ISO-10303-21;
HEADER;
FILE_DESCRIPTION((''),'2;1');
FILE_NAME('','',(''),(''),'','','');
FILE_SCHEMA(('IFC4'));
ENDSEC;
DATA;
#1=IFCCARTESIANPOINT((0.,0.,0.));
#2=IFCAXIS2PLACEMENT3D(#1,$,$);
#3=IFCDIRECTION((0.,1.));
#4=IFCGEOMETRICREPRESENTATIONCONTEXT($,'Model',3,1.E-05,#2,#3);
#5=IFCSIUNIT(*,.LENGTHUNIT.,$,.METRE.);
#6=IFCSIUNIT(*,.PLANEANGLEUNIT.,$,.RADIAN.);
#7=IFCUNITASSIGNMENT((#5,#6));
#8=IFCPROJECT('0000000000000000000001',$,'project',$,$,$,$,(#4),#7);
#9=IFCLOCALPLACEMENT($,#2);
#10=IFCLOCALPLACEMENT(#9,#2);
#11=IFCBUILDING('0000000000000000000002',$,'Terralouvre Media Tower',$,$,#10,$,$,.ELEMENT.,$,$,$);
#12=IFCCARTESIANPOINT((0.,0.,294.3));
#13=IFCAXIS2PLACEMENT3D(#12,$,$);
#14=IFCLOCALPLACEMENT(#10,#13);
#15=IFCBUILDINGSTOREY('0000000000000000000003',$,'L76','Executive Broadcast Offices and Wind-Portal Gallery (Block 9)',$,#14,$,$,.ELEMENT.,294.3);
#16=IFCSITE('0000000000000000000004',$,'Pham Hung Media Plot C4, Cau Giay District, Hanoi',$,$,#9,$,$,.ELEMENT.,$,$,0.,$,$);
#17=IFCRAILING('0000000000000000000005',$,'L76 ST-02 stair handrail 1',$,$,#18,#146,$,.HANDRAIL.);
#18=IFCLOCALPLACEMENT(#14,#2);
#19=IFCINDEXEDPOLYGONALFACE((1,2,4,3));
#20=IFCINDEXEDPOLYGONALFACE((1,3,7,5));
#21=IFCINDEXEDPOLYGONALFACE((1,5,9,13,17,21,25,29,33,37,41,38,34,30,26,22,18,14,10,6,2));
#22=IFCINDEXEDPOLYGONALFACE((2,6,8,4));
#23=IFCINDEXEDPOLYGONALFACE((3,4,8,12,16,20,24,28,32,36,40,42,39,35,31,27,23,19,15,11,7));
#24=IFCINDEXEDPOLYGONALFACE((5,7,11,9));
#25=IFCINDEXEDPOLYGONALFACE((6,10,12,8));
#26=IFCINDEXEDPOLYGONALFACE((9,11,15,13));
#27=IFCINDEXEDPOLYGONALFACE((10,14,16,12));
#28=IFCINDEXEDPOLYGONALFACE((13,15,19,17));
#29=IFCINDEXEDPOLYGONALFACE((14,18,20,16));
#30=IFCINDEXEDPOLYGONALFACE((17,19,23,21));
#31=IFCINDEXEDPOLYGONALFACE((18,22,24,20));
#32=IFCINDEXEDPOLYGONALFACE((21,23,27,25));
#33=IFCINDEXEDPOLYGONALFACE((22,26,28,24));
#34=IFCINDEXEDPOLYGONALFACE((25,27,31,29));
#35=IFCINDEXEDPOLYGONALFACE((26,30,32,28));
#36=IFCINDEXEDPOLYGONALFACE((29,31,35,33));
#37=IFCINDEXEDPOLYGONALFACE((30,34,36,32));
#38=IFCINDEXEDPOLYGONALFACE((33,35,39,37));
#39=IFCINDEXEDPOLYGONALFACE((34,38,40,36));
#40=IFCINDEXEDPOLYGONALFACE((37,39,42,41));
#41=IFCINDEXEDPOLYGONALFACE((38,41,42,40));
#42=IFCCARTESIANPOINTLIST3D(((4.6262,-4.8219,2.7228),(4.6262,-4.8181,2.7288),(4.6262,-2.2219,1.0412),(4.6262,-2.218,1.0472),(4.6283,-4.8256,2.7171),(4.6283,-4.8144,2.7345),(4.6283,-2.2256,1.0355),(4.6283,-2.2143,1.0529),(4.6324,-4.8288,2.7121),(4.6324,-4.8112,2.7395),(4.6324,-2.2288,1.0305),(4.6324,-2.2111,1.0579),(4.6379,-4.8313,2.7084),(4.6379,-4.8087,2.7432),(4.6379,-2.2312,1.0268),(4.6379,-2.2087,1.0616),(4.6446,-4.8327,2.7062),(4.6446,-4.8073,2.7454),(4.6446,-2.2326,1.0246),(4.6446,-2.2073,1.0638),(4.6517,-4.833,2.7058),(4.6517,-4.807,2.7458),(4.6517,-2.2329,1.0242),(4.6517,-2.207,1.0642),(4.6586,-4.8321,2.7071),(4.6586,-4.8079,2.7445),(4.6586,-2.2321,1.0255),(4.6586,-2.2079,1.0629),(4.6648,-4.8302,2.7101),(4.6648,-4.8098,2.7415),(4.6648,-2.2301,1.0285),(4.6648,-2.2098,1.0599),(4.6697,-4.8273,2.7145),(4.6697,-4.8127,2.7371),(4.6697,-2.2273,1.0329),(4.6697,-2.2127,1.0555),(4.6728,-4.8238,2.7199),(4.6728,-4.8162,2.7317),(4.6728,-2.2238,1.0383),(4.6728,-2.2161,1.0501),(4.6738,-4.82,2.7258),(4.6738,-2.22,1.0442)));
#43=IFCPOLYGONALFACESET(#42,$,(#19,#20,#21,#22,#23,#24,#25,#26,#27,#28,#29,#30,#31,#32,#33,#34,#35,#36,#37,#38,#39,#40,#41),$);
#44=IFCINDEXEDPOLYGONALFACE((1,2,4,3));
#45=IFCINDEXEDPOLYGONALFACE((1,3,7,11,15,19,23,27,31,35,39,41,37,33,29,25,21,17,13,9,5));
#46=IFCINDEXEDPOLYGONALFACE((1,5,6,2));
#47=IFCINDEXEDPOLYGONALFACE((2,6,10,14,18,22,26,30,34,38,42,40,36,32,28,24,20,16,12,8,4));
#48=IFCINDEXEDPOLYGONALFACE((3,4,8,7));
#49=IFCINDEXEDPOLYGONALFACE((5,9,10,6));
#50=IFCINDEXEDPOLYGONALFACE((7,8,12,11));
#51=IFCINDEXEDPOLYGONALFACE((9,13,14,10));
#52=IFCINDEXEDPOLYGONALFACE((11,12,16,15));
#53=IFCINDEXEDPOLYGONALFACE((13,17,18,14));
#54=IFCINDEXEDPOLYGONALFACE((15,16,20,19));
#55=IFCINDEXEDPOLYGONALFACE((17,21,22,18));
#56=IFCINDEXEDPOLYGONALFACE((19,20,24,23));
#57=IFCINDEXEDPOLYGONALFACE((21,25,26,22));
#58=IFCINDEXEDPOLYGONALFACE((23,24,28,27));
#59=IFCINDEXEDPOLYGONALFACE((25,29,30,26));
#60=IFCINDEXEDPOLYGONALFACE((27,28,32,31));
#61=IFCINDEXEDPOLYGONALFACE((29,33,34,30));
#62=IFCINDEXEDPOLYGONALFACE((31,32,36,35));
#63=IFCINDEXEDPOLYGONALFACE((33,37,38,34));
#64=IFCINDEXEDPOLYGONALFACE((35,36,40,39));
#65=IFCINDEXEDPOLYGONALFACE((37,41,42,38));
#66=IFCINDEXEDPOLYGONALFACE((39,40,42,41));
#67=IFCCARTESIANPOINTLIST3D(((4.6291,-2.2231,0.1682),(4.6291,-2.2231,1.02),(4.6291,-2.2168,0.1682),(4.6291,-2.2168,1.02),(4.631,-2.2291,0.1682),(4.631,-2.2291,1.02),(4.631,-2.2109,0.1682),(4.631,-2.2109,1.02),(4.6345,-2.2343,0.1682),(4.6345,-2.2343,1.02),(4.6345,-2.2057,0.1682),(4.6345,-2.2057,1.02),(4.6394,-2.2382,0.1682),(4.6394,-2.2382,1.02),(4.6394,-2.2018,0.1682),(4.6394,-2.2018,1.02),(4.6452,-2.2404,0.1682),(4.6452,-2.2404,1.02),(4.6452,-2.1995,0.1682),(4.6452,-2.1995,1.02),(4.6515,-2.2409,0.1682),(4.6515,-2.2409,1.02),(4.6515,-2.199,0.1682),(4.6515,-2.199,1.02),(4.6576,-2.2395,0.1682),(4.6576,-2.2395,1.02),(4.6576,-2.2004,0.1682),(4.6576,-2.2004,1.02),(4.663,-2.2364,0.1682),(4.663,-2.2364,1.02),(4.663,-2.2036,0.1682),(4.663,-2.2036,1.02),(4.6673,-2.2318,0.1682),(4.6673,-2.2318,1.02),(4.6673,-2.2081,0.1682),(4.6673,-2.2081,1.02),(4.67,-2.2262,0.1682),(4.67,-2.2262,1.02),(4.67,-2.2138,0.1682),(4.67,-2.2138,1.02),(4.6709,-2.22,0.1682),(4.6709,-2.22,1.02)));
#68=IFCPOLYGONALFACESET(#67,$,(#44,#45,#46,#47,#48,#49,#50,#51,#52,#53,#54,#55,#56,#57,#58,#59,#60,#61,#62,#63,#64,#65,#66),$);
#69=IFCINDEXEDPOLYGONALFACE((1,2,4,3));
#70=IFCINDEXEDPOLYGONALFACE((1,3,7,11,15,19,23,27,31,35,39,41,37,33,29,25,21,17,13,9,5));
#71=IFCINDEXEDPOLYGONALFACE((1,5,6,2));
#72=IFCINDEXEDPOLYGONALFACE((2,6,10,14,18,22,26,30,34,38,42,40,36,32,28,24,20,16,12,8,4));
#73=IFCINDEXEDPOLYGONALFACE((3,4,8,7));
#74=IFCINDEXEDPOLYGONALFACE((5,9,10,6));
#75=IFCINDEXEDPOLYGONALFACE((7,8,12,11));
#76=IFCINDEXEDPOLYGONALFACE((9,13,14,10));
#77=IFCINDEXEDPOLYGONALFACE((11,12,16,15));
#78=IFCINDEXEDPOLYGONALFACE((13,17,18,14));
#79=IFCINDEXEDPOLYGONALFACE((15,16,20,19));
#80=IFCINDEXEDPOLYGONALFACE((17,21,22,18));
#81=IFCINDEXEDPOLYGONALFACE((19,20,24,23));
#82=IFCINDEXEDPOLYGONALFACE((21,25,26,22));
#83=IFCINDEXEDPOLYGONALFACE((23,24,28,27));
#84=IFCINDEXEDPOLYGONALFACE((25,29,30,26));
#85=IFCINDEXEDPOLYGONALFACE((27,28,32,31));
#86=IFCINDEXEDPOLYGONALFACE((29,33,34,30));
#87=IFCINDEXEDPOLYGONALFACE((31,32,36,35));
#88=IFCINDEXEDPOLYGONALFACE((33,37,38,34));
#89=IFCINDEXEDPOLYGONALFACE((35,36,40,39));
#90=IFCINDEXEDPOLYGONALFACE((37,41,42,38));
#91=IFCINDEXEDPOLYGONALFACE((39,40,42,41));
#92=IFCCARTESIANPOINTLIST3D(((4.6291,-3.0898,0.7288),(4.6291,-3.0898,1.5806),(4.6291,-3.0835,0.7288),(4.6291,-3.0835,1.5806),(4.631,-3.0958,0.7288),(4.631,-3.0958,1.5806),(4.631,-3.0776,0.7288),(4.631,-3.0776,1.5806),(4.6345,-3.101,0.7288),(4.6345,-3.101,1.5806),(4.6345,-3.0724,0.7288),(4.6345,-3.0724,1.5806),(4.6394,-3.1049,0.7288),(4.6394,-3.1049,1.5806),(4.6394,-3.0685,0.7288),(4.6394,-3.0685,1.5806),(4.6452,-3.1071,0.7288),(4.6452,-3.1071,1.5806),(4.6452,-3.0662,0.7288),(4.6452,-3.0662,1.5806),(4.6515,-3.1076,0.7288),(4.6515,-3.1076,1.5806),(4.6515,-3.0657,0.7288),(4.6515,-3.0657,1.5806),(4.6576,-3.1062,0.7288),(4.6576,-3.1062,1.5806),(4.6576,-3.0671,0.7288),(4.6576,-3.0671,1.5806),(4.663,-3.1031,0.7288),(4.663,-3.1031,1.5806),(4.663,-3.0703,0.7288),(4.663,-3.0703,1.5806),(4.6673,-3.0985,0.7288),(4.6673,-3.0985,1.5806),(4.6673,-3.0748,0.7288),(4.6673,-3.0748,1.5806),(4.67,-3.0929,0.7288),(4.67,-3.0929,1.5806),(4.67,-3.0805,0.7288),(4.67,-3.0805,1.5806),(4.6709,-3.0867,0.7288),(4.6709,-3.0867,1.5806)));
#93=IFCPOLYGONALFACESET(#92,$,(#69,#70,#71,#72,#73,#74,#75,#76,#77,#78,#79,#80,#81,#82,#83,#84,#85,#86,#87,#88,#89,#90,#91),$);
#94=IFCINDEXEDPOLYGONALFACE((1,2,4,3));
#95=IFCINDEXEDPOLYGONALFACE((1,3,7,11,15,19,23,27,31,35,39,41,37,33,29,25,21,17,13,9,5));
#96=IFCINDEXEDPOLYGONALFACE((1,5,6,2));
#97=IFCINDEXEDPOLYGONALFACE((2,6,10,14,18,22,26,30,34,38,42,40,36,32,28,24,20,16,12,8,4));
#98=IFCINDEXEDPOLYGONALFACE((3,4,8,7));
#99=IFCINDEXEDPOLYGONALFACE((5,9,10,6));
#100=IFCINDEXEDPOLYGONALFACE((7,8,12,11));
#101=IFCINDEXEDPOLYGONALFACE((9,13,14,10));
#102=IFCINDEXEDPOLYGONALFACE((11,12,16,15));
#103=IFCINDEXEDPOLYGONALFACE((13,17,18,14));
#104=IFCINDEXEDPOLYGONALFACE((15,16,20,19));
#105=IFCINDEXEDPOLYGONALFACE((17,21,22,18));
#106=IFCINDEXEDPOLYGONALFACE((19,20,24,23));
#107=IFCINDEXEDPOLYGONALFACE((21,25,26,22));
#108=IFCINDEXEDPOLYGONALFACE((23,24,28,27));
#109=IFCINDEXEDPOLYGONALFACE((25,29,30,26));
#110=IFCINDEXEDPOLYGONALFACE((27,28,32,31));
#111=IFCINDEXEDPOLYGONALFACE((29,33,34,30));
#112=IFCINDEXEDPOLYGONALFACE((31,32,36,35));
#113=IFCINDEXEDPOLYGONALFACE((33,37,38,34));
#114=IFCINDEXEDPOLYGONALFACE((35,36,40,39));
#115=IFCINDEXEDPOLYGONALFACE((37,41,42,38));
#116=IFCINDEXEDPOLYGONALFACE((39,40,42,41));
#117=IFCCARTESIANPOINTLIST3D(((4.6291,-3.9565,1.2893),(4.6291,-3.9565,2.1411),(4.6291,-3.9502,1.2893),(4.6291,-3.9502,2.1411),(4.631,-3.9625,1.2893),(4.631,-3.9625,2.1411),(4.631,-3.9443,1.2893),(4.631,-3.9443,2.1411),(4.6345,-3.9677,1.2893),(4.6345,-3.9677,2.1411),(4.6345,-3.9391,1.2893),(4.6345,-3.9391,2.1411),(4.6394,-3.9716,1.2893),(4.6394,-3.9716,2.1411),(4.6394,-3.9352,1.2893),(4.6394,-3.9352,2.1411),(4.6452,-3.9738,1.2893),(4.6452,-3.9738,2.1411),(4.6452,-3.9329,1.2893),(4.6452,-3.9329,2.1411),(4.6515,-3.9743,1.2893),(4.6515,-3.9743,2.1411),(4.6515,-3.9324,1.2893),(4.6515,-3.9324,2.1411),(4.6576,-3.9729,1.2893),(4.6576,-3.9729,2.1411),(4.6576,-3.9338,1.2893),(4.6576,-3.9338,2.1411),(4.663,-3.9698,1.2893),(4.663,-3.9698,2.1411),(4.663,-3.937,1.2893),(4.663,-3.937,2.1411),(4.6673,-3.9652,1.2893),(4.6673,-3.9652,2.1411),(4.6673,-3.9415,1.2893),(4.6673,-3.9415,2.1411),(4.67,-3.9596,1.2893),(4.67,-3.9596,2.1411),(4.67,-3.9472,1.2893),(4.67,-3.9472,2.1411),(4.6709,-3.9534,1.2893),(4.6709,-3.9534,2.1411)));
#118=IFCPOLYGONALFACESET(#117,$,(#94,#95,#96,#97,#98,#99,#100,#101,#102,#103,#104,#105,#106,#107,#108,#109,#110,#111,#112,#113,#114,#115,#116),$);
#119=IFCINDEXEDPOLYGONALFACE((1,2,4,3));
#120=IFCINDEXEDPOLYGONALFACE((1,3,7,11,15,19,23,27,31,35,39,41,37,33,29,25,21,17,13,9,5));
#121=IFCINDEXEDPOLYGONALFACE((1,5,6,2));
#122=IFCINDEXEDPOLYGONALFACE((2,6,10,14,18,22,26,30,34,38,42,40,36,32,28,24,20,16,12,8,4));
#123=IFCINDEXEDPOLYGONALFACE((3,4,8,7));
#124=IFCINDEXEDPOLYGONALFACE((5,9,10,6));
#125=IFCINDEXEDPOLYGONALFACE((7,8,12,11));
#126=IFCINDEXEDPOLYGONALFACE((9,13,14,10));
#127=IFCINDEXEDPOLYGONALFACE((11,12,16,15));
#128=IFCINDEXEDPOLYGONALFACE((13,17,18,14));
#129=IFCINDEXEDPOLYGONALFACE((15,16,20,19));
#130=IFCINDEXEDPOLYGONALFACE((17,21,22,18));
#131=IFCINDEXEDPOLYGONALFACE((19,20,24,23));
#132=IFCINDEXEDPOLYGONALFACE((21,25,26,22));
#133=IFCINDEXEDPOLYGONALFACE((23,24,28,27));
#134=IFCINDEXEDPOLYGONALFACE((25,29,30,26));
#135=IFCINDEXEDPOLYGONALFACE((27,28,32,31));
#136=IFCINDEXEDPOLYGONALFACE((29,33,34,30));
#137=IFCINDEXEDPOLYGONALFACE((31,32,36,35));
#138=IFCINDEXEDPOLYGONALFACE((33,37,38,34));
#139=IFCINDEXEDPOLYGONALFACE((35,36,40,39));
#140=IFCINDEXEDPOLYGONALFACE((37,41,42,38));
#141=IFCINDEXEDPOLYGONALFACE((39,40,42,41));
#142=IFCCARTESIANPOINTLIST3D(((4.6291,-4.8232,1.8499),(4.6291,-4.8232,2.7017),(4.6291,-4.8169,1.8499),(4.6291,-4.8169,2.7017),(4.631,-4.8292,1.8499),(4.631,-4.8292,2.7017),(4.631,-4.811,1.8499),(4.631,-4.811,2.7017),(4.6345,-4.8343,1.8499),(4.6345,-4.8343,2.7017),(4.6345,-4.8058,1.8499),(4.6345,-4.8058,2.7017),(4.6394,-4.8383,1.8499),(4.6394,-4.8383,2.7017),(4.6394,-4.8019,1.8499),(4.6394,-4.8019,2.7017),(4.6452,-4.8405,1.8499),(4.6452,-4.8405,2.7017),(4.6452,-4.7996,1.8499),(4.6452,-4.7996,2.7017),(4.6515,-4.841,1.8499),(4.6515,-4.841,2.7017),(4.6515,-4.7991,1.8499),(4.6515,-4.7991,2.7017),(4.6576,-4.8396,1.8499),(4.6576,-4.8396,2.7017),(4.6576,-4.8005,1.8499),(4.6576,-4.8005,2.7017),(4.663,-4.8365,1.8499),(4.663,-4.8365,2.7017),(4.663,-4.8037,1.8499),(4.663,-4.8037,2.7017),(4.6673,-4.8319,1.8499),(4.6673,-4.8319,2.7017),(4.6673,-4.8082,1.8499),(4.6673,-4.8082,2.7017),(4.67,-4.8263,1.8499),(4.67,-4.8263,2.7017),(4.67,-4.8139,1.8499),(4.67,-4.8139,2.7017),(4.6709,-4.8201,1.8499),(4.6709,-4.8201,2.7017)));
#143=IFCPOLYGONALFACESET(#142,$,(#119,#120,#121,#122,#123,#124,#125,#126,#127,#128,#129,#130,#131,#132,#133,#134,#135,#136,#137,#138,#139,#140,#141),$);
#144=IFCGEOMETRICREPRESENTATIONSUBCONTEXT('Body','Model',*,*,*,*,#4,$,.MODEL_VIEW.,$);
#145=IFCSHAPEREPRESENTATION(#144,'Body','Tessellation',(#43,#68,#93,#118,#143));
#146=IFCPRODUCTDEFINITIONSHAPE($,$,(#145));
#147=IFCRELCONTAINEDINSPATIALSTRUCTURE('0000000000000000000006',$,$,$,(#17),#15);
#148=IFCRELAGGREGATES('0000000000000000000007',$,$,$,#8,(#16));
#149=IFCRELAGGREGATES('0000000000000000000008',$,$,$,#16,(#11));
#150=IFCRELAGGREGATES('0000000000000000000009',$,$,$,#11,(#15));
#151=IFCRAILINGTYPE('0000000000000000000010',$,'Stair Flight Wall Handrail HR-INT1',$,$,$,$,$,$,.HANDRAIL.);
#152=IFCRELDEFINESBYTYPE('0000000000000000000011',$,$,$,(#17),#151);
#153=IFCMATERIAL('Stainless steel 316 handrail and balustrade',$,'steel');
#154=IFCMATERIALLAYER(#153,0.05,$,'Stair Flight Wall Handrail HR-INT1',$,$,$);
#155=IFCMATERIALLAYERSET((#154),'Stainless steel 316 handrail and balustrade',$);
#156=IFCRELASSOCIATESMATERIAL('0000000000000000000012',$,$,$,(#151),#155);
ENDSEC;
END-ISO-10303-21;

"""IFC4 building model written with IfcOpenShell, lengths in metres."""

from ifc_helpers import new_model, si_unit, direction, frame, origin, origin_2d, place, context, subcontext, project, spatial, circle, extrude, material, layer, layer_set, type_object, element, save


model = new_model("IFC4")

# Units and contexts
model_context = context("Model", 3, precision=1e-05, world=origin(), true_north=direction((0.0, 1.0)))
body_context = subcontext(model_context, "Body", "Model", "MODEL_VIEW")
ifc_project = project(units=[si_unit("LENGTHUNIT", "METRE"), si_unit("PLANEANGLEUNIT", "RADIAN")], contexts=[model_context])

# Site, building, storey
site_placement = place(None, origin())
site = spatial("IfcSite", under=ifc_project, at=site_placement, Name="Pham Hung Media Plot C4, Cau Giay District, Hanoi", CompositionType="ELEMENT", RefElevation=0.0)
building_placement = place(site_placement, origin())
building = spatial("IfcBuilding", under=site, at=building_placement, Name="Terralouvre Media Tower", CompositionType="ELEMENT")
storey_placement = place(building_placement, frame((0.0, 0.0, 294.3)))
storey = spatial("IfcBuildingStorey", under=building, at=storey_placement, Name="L76", Description="Executive Broadcast Offices and Wind-Portal Gallery (Block 9)", CompositionType="ELEMENT", Elevation=294.3)

# Railing
ifc_material_1 = material(Name="Stainless steel 316 handrail and balustrade", Category="steel")
ifc_layer_1 = layer(ifc_material_1, 0.05, Name="Stair Flight Wall Handrail HR-INT1")
ifc_layer_set_1 = layer_set([ifc_layer_1], Name="Stainless steel 316 handrail and balustrade")
railing_type_1 = type_object("IfcRailingType", Name="Stair Flight Wall Handrail HR-INT1", PredefinedType="HANDRAIL", material=ifc_layer_set_1)
railing_1_placement = place(storey_placement, frame((4.6499, -2.22, 0.1682)))
element("IfcRailing", 1, at=railing_1_placement, inside=storey, type_object=railing_type_1, Name="L76 ST-02 stair handrail 1", PredefinedType="HANDRAIL", context=body_context, shape_type="SweptSolid", body=[
    extrude(circle(Radius=0.0239, at=origin_2d()), frame((0.0, 0.0, 0.876), z_axis=(0.0, -0.839684, 0.543075), x_axis=(1.0, 0.0, 0.0)), (0.0, 0.0, 1.0), 3.0964),
    extrude(circle(Radius=0.021, at=origin_2d()), origin(), (0.0, 0.0, 1.0), 0.8518),
    extrude(circle(Radius=0.021, at=origin_2d()), frame((0.0, -0.8667, 0.5605)), (0.0, 0.0, 1.0), 0.8518),
    extrude(circle(Radius=0.021, at=origin_2d()), frame((0.0, -1.7334, 1.1211)), (0.0, 0.0, 1.0), 0.8518),
    extrude(circle(Radius=0.021, at=origin_2d()), frame((0.0, -2.6001, 1.6816)), (0.0, 0.0, 1.0), 0.8518),
])

save(model, "model.ifc")
